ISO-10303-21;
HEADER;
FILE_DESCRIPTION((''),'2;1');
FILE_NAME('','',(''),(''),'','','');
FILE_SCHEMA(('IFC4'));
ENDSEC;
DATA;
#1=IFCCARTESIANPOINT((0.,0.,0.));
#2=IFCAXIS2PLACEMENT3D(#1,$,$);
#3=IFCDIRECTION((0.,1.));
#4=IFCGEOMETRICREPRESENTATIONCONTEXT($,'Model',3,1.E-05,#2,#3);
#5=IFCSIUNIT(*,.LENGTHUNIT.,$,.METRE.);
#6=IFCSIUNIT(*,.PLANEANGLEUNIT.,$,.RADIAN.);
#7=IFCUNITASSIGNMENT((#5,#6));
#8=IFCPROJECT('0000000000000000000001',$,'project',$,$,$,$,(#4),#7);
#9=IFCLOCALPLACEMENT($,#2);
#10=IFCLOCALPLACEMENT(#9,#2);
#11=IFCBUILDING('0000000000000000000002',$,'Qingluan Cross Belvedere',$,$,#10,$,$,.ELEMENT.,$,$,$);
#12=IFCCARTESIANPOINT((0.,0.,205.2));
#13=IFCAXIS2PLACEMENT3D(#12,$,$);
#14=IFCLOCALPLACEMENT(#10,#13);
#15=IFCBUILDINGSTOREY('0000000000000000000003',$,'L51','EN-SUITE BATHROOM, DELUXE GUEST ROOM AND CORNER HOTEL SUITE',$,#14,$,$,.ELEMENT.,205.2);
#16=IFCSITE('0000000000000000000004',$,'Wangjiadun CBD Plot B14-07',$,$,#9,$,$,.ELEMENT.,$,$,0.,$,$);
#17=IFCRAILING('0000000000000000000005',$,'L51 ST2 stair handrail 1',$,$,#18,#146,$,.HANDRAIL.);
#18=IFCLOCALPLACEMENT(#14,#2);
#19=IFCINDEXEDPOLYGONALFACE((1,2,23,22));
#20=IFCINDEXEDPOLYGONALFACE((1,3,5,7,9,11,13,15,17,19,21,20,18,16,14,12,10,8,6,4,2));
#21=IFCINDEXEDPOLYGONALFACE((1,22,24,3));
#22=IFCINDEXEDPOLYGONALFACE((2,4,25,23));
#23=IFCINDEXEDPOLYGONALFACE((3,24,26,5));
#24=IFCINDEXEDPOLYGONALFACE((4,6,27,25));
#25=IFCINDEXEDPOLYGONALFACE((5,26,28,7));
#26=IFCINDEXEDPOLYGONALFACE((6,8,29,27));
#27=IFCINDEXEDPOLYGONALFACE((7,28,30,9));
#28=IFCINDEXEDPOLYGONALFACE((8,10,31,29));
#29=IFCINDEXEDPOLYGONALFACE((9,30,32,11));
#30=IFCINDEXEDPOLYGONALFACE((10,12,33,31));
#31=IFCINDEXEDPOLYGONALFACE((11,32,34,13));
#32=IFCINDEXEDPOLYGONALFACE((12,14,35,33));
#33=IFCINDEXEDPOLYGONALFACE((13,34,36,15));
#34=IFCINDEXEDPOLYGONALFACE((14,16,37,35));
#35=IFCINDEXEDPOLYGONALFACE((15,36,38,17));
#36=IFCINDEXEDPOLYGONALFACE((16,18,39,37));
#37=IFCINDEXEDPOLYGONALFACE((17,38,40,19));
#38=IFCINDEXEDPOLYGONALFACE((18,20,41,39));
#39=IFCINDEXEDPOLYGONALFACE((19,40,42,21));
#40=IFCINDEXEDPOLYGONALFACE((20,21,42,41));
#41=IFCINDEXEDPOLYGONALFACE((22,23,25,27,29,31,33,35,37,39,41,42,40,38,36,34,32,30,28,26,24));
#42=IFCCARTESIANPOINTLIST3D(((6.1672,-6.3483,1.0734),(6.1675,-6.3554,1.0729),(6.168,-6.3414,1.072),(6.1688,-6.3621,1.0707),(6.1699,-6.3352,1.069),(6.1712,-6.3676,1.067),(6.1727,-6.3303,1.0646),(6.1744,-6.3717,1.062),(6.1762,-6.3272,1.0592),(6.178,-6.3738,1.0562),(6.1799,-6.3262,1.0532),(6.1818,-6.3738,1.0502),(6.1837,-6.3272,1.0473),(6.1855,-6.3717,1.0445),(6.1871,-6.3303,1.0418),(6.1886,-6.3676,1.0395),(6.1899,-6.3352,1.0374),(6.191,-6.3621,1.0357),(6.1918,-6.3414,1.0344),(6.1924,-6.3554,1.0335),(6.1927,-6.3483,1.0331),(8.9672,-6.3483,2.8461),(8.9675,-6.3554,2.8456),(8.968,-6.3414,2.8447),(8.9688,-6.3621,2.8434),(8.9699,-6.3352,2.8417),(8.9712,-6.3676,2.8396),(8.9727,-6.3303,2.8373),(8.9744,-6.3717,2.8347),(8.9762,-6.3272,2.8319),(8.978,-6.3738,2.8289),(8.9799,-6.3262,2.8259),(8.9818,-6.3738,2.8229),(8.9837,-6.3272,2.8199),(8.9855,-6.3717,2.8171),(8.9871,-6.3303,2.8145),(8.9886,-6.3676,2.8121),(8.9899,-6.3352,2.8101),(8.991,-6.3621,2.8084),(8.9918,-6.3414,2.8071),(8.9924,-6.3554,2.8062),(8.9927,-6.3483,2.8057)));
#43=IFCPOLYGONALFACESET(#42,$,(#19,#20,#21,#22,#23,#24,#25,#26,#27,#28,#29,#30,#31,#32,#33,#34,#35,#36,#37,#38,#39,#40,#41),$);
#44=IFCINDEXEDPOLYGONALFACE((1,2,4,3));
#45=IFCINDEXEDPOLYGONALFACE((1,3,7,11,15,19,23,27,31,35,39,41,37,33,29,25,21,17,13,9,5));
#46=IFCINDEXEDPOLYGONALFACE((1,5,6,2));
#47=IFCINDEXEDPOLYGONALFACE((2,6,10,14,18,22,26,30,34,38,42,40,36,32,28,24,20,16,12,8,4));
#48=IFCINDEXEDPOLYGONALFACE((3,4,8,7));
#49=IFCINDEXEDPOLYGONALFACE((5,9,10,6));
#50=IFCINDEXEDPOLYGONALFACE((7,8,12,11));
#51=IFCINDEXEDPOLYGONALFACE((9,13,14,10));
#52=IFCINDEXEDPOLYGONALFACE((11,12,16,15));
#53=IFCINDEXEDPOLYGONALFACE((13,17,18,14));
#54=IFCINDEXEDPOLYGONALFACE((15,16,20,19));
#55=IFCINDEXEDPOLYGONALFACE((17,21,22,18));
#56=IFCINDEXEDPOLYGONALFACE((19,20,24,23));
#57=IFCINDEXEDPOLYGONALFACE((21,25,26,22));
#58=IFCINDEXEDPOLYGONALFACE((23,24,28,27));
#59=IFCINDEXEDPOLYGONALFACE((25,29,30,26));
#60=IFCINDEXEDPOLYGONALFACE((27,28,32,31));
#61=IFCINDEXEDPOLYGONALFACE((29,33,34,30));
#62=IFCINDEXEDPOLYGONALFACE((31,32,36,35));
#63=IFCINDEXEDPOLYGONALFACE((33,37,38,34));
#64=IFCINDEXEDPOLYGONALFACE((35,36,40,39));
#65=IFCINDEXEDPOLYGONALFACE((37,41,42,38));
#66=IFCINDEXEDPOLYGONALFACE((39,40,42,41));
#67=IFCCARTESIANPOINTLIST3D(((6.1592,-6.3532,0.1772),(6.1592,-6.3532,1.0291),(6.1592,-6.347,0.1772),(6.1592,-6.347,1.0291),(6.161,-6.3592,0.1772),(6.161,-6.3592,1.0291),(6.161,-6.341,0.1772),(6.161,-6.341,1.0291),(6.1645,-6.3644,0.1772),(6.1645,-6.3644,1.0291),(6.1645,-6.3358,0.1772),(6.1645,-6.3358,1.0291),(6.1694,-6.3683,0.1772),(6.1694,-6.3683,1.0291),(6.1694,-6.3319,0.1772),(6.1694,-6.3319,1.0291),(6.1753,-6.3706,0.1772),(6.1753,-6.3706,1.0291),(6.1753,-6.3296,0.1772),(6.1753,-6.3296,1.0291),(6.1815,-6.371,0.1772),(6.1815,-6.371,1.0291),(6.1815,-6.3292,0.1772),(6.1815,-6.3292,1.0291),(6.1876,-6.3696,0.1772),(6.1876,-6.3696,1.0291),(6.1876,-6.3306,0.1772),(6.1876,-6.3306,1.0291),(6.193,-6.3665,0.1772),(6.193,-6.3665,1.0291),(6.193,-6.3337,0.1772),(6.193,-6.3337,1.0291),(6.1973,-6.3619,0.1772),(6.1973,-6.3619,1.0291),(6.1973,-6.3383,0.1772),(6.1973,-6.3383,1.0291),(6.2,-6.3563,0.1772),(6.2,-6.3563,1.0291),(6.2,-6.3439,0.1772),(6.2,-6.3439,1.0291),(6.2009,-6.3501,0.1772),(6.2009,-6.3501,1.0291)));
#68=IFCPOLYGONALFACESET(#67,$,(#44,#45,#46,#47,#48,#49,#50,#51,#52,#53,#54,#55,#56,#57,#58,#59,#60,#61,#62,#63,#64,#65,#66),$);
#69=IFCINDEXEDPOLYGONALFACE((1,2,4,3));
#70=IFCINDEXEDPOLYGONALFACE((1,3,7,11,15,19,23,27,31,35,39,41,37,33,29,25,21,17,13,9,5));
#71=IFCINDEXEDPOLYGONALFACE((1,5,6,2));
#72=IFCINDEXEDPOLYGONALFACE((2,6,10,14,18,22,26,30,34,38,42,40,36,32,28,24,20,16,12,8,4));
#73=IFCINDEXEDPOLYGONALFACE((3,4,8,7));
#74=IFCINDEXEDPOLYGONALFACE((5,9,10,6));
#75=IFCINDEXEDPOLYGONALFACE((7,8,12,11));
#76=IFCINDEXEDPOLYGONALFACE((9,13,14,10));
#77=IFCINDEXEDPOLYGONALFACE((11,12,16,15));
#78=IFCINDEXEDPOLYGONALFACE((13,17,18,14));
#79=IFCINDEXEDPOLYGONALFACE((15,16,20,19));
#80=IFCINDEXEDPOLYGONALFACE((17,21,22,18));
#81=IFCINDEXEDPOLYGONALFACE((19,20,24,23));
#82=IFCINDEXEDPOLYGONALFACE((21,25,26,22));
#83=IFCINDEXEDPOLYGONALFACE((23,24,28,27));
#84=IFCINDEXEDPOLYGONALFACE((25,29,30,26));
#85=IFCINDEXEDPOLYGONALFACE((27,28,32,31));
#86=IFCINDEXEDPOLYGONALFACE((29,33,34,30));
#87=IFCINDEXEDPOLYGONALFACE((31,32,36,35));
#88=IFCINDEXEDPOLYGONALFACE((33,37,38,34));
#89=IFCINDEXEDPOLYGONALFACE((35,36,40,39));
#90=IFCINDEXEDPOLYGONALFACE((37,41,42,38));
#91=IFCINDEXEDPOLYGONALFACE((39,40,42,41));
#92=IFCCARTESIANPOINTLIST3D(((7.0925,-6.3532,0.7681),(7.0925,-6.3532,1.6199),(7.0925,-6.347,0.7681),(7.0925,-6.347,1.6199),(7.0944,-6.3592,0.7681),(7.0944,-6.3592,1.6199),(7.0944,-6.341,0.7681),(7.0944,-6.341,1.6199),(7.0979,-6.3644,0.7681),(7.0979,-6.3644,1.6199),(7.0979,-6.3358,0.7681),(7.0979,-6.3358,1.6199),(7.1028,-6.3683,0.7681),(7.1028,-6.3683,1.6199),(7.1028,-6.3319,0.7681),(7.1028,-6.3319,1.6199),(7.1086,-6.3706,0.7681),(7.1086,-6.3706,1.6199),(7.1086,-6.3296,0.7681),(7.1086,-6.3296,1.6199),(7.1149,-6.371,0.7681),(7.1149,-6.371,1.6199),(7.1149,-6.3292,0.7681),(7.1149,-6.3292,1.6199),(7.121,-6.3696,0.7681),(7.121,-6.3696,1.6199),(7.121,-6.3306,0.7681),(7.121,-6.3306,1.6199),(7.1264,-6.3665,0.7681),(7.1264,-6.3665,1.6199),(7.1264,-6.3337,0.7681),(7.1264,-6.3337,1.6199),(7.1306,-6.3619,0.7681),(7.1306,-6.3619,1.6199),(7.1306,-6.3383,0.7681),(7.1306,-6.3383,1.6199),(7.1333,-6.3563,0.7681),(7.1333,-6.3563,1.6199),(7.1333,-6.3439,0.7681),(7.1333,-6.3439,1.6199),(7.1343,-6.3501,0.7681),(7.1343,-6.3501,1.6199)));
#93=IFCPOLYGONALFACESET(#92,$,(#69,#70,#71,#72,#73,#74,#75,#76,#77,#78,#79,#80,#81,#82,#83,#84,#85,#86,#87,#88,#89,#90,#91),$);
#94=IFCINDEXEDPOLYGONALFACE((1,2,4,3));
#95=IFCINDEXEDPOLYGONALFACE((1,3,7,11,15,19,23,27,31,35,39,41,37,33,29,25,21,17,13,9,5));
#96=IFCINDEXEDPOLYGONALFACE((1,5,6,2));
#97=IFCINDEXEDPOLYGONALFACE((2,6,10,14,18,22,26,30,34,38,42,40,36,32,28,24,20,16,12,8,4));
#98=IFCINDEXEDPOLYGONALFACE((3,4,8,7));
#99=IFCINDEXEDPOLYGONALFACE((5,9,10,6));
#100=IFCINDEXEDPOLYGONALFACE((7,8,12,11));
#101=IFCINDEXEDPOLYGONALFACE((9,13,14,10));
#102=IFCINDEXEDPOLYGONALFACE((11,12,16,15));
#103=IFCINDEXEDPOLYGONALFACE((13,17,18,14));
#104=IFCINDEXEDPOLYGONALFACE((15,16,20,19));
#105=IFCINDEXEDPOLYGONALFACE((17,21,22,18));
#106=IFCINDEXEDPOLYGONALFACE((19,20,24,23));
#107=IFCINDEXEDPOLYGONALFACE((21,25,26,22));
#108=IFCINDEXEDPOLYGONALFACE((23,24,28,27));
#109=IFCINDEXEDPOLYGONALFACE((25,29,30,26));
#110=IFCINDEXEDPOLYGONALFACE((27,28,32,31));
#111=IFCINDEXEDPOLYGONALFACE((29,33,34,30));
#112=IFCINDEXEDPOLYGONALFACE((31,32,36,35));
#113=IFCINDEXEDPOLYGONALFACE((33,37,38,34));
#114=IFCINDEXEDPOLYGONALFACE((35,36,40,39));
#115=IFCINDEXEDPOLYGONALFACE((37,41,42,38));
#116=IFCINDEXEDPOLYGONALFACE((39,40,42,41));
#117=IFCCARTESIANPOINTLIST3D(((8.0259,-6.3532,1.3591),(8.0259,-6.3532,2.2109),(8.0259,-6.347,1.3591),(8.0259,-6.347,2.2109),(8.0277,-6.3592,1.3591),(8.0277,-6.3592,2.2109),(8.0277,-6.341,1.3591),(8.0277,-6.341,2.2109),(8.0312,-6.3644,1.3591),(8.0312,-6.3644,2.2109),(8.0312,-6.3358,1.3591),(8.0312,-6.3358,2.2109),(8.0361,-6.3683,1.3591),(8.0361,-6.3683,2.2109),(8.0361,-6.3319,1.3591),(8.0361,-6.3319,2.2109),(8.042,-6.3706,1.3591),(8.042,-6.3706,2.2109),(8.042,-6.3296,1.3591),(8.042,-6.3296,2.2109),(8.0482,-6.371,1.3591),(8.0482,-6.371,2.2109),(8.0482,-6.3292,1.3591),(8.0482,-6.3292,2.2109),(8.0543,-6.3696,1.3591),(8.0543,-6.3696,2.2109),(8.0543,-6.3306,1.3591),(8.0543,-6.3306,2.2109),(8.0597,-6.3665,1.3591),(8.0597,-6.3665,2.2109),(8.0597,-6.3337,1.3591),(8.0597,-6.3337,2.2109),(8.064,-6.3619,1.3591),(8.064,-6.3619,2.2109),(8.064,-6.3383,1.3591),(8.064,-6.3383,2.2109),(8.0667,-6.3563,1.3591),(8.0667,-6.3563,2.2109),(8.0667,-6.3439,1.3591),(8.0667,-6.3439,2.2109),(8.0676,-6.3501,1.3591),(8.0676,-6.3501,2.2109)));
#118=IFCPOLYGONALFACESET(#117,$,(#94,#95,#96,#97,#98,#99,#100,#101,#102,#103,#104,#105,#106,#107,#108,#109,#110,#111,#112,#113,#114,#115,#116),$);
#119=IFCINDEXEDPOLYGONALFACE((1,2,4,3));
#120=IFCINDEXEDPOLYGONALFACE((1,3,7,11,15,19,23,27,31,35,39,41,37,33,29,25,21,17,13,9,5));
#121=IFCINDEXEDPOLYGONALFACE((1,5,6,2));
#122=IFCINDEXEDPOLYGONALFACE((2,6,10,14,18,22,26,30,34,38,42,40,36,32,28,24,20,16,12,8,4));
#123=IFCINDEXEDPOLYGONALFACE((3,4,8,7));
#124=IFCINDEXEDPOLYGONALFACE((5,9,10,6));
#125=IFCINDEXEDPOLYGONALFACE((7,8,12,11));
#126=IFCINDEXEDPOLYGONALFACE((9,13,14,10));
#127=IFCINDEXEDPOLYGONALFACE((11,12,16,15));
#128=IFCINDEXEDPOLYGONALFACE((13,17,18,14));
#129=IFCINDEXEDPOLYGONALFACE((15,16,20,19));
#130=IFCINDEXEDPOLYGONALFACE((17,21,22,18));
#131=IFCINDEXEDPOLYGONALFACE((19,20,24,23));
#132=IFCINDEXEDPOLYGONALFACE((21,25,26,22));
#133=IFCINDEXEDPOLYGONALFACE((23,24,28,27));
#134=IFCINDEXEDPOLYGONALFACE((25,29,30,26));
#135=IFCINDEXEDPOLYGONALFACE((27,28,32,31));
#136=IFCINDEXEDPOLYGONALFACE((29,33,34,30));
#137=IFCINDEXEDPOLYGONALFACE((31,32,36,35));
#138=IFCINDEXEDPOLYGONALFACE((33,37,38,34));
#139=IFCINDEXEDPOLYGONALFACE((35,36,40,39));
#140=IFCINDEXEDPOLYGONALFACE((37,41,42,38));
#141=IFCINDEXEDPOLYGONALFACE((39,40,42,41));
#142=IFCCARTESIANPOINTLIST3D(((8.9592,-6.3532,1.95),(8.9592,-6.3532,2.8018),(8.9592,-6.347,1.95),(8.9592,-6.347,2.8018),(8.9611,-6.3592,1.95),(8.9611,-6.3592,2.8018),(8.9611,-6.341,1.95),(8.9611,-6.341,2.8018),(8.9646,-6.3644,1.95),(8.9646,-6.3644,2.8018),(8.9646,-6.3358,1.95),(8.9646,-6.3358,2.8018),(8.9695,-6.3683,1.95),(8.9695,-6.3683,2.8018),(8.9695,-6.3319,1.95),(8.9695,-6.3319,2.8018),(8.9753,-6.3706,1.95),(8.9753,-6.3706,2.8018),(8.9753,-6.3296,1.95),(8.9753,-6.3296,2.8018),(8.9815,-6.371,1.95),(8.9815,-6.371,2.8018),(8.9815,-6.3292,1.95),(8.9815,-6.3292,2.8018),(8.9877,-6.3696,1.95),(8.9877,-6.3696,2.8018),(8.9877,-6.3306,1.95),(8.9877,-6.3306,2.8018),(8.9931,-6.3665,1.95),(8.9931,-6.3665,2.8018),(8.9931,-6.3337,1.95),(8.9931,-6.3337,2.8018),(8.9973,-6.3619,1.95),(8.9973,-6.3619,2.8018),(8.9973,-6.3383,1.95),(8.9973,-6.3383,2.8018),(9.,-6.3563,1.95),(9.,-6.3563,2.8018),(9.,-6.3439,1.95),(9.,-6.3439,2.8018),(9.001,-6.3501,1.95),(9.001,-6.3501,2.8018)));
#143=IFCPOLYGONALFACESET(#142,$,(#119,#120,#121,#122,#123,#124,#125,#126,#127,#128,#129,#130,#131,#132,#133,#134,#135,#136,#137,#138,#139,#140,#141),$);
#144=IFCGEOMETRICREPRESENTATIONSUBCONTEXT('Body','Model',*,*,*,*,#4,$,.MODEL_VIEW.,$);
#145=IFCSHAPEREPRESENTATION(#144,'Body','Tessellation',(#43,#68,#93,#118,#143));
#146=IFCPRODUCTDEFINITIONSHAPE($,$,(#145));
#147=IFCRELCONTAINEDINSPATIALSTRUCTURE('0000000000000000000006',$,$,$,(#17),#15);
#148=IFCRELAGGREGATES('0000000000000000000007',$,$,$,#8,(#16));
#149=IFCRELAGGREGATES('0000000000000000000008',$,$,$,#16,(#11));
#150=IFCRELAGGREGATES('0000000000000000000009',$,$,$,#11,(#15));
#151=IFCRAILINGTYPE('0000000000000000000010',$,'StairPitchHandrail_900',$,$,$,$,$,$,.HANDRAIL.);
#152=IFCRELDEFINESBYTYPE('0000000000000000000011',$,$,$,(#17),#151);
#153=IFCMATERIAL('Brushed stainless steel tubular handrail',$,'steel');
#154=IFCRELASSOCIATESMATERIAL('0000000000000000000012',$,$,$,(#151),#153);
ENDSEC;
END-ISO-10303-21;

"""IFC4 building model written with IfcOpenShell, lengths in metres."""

from ifc_helpers import new_model, si_unit, direction, frame, origin, origin_2d, place, context, subcontext, project, spatial, circle, extrude, material, type_object, element, save


model = new_model("IFC4")

# Units and contexts
model_context = context("Model", 3, precision=1e-05, world=origin(), true_north=direction((0.0, 1.0)))
body_context = subcontext(model_context, "Body", "Model", "MODEL_VIEW")
ifc_project = project(units=[si_unit("LENGTHUNIT", "METRE"), si_unit("PLANEANGLEUNIT", "RADIAN")], contexts=[model_context])

# Site, building, storey
site_placement = place(None, origin())
site = spatial("IfcSite", under=ifc_project, at=site_placement, Name="Wangjiadun CBD Plot B14-07", CompositionType="ELEMENT", RefElevation=0.0)
building_placement = place(site_placement, origin())
building = spatial("IfcBuilding", under=site, at=building_placement, Name="Qingluan Cross Belvedere", CompositionType="ELEMENT")
storey_placement = place(building_placement, frame((0.0, 0.0, 205.2)))
storey = spatial("IfcBuildingStorey", under=building, at=storey_placement, Name="L51", Description="EN-SUITE BATHROOM, DELUXE GUEST ROOM AND CORNER HOTEL SUITE", CompositionType="ELEMENT", Elevation=205.2)

# Railing
ifc_material_1 = material(Name="Brushed stainless steel tubular handrail", Category="steel")
railing_type_1 = type_object("IfcRailingType", Name="StairPitchHandrail_900", PredefinedType="HANDRAIL", material=ifc_material_1)
railing_1_placement = place(storey_placement, frame((6.1799, -6.3501, 0.1772)))
element("IfcRailing", 1, at=railing_1_placement, inside=storey, type_object=railing_type_1, Name="L51 ST2 stair handrail 1", PredefinedType="HANDRAIL", context=body_context, shape_type="SweptSolid", body=[
    extrude(circle(Radius=0.0239, at=origin_2d()), frame((0.0, 0.0, 0.876), z_axis=(0.844909, 0.0, 0.53491), x_axis=(0.0, 1.0, 0.0)), (0.0, 0.0, 1.0), 3.314),
    extrude(circle(Radius=0.021, at=origin_2d()), origin(), (0.0, 0.0, 1.0), 0.8518),
    extrude(circle(Radius=0.021, at=origin_2d()), frame((0.9333, 0.0, 0.5908)), (0.0, 0.0, 1.0), 0.8518),
    extrude(circle(Radius=0.021, at=origin_2d()), frame((1.8667, 0.0, 1.1819)), (0.0, 0.0, 1.0), 0.8518),
    extrude(circle(Radius=0.021, at=origin_2d()), frame((2.8, 0.0, 1.7727)), (0.0, 0.0, 1.0), 0.8518),
])

save(model, "model.ifc")
